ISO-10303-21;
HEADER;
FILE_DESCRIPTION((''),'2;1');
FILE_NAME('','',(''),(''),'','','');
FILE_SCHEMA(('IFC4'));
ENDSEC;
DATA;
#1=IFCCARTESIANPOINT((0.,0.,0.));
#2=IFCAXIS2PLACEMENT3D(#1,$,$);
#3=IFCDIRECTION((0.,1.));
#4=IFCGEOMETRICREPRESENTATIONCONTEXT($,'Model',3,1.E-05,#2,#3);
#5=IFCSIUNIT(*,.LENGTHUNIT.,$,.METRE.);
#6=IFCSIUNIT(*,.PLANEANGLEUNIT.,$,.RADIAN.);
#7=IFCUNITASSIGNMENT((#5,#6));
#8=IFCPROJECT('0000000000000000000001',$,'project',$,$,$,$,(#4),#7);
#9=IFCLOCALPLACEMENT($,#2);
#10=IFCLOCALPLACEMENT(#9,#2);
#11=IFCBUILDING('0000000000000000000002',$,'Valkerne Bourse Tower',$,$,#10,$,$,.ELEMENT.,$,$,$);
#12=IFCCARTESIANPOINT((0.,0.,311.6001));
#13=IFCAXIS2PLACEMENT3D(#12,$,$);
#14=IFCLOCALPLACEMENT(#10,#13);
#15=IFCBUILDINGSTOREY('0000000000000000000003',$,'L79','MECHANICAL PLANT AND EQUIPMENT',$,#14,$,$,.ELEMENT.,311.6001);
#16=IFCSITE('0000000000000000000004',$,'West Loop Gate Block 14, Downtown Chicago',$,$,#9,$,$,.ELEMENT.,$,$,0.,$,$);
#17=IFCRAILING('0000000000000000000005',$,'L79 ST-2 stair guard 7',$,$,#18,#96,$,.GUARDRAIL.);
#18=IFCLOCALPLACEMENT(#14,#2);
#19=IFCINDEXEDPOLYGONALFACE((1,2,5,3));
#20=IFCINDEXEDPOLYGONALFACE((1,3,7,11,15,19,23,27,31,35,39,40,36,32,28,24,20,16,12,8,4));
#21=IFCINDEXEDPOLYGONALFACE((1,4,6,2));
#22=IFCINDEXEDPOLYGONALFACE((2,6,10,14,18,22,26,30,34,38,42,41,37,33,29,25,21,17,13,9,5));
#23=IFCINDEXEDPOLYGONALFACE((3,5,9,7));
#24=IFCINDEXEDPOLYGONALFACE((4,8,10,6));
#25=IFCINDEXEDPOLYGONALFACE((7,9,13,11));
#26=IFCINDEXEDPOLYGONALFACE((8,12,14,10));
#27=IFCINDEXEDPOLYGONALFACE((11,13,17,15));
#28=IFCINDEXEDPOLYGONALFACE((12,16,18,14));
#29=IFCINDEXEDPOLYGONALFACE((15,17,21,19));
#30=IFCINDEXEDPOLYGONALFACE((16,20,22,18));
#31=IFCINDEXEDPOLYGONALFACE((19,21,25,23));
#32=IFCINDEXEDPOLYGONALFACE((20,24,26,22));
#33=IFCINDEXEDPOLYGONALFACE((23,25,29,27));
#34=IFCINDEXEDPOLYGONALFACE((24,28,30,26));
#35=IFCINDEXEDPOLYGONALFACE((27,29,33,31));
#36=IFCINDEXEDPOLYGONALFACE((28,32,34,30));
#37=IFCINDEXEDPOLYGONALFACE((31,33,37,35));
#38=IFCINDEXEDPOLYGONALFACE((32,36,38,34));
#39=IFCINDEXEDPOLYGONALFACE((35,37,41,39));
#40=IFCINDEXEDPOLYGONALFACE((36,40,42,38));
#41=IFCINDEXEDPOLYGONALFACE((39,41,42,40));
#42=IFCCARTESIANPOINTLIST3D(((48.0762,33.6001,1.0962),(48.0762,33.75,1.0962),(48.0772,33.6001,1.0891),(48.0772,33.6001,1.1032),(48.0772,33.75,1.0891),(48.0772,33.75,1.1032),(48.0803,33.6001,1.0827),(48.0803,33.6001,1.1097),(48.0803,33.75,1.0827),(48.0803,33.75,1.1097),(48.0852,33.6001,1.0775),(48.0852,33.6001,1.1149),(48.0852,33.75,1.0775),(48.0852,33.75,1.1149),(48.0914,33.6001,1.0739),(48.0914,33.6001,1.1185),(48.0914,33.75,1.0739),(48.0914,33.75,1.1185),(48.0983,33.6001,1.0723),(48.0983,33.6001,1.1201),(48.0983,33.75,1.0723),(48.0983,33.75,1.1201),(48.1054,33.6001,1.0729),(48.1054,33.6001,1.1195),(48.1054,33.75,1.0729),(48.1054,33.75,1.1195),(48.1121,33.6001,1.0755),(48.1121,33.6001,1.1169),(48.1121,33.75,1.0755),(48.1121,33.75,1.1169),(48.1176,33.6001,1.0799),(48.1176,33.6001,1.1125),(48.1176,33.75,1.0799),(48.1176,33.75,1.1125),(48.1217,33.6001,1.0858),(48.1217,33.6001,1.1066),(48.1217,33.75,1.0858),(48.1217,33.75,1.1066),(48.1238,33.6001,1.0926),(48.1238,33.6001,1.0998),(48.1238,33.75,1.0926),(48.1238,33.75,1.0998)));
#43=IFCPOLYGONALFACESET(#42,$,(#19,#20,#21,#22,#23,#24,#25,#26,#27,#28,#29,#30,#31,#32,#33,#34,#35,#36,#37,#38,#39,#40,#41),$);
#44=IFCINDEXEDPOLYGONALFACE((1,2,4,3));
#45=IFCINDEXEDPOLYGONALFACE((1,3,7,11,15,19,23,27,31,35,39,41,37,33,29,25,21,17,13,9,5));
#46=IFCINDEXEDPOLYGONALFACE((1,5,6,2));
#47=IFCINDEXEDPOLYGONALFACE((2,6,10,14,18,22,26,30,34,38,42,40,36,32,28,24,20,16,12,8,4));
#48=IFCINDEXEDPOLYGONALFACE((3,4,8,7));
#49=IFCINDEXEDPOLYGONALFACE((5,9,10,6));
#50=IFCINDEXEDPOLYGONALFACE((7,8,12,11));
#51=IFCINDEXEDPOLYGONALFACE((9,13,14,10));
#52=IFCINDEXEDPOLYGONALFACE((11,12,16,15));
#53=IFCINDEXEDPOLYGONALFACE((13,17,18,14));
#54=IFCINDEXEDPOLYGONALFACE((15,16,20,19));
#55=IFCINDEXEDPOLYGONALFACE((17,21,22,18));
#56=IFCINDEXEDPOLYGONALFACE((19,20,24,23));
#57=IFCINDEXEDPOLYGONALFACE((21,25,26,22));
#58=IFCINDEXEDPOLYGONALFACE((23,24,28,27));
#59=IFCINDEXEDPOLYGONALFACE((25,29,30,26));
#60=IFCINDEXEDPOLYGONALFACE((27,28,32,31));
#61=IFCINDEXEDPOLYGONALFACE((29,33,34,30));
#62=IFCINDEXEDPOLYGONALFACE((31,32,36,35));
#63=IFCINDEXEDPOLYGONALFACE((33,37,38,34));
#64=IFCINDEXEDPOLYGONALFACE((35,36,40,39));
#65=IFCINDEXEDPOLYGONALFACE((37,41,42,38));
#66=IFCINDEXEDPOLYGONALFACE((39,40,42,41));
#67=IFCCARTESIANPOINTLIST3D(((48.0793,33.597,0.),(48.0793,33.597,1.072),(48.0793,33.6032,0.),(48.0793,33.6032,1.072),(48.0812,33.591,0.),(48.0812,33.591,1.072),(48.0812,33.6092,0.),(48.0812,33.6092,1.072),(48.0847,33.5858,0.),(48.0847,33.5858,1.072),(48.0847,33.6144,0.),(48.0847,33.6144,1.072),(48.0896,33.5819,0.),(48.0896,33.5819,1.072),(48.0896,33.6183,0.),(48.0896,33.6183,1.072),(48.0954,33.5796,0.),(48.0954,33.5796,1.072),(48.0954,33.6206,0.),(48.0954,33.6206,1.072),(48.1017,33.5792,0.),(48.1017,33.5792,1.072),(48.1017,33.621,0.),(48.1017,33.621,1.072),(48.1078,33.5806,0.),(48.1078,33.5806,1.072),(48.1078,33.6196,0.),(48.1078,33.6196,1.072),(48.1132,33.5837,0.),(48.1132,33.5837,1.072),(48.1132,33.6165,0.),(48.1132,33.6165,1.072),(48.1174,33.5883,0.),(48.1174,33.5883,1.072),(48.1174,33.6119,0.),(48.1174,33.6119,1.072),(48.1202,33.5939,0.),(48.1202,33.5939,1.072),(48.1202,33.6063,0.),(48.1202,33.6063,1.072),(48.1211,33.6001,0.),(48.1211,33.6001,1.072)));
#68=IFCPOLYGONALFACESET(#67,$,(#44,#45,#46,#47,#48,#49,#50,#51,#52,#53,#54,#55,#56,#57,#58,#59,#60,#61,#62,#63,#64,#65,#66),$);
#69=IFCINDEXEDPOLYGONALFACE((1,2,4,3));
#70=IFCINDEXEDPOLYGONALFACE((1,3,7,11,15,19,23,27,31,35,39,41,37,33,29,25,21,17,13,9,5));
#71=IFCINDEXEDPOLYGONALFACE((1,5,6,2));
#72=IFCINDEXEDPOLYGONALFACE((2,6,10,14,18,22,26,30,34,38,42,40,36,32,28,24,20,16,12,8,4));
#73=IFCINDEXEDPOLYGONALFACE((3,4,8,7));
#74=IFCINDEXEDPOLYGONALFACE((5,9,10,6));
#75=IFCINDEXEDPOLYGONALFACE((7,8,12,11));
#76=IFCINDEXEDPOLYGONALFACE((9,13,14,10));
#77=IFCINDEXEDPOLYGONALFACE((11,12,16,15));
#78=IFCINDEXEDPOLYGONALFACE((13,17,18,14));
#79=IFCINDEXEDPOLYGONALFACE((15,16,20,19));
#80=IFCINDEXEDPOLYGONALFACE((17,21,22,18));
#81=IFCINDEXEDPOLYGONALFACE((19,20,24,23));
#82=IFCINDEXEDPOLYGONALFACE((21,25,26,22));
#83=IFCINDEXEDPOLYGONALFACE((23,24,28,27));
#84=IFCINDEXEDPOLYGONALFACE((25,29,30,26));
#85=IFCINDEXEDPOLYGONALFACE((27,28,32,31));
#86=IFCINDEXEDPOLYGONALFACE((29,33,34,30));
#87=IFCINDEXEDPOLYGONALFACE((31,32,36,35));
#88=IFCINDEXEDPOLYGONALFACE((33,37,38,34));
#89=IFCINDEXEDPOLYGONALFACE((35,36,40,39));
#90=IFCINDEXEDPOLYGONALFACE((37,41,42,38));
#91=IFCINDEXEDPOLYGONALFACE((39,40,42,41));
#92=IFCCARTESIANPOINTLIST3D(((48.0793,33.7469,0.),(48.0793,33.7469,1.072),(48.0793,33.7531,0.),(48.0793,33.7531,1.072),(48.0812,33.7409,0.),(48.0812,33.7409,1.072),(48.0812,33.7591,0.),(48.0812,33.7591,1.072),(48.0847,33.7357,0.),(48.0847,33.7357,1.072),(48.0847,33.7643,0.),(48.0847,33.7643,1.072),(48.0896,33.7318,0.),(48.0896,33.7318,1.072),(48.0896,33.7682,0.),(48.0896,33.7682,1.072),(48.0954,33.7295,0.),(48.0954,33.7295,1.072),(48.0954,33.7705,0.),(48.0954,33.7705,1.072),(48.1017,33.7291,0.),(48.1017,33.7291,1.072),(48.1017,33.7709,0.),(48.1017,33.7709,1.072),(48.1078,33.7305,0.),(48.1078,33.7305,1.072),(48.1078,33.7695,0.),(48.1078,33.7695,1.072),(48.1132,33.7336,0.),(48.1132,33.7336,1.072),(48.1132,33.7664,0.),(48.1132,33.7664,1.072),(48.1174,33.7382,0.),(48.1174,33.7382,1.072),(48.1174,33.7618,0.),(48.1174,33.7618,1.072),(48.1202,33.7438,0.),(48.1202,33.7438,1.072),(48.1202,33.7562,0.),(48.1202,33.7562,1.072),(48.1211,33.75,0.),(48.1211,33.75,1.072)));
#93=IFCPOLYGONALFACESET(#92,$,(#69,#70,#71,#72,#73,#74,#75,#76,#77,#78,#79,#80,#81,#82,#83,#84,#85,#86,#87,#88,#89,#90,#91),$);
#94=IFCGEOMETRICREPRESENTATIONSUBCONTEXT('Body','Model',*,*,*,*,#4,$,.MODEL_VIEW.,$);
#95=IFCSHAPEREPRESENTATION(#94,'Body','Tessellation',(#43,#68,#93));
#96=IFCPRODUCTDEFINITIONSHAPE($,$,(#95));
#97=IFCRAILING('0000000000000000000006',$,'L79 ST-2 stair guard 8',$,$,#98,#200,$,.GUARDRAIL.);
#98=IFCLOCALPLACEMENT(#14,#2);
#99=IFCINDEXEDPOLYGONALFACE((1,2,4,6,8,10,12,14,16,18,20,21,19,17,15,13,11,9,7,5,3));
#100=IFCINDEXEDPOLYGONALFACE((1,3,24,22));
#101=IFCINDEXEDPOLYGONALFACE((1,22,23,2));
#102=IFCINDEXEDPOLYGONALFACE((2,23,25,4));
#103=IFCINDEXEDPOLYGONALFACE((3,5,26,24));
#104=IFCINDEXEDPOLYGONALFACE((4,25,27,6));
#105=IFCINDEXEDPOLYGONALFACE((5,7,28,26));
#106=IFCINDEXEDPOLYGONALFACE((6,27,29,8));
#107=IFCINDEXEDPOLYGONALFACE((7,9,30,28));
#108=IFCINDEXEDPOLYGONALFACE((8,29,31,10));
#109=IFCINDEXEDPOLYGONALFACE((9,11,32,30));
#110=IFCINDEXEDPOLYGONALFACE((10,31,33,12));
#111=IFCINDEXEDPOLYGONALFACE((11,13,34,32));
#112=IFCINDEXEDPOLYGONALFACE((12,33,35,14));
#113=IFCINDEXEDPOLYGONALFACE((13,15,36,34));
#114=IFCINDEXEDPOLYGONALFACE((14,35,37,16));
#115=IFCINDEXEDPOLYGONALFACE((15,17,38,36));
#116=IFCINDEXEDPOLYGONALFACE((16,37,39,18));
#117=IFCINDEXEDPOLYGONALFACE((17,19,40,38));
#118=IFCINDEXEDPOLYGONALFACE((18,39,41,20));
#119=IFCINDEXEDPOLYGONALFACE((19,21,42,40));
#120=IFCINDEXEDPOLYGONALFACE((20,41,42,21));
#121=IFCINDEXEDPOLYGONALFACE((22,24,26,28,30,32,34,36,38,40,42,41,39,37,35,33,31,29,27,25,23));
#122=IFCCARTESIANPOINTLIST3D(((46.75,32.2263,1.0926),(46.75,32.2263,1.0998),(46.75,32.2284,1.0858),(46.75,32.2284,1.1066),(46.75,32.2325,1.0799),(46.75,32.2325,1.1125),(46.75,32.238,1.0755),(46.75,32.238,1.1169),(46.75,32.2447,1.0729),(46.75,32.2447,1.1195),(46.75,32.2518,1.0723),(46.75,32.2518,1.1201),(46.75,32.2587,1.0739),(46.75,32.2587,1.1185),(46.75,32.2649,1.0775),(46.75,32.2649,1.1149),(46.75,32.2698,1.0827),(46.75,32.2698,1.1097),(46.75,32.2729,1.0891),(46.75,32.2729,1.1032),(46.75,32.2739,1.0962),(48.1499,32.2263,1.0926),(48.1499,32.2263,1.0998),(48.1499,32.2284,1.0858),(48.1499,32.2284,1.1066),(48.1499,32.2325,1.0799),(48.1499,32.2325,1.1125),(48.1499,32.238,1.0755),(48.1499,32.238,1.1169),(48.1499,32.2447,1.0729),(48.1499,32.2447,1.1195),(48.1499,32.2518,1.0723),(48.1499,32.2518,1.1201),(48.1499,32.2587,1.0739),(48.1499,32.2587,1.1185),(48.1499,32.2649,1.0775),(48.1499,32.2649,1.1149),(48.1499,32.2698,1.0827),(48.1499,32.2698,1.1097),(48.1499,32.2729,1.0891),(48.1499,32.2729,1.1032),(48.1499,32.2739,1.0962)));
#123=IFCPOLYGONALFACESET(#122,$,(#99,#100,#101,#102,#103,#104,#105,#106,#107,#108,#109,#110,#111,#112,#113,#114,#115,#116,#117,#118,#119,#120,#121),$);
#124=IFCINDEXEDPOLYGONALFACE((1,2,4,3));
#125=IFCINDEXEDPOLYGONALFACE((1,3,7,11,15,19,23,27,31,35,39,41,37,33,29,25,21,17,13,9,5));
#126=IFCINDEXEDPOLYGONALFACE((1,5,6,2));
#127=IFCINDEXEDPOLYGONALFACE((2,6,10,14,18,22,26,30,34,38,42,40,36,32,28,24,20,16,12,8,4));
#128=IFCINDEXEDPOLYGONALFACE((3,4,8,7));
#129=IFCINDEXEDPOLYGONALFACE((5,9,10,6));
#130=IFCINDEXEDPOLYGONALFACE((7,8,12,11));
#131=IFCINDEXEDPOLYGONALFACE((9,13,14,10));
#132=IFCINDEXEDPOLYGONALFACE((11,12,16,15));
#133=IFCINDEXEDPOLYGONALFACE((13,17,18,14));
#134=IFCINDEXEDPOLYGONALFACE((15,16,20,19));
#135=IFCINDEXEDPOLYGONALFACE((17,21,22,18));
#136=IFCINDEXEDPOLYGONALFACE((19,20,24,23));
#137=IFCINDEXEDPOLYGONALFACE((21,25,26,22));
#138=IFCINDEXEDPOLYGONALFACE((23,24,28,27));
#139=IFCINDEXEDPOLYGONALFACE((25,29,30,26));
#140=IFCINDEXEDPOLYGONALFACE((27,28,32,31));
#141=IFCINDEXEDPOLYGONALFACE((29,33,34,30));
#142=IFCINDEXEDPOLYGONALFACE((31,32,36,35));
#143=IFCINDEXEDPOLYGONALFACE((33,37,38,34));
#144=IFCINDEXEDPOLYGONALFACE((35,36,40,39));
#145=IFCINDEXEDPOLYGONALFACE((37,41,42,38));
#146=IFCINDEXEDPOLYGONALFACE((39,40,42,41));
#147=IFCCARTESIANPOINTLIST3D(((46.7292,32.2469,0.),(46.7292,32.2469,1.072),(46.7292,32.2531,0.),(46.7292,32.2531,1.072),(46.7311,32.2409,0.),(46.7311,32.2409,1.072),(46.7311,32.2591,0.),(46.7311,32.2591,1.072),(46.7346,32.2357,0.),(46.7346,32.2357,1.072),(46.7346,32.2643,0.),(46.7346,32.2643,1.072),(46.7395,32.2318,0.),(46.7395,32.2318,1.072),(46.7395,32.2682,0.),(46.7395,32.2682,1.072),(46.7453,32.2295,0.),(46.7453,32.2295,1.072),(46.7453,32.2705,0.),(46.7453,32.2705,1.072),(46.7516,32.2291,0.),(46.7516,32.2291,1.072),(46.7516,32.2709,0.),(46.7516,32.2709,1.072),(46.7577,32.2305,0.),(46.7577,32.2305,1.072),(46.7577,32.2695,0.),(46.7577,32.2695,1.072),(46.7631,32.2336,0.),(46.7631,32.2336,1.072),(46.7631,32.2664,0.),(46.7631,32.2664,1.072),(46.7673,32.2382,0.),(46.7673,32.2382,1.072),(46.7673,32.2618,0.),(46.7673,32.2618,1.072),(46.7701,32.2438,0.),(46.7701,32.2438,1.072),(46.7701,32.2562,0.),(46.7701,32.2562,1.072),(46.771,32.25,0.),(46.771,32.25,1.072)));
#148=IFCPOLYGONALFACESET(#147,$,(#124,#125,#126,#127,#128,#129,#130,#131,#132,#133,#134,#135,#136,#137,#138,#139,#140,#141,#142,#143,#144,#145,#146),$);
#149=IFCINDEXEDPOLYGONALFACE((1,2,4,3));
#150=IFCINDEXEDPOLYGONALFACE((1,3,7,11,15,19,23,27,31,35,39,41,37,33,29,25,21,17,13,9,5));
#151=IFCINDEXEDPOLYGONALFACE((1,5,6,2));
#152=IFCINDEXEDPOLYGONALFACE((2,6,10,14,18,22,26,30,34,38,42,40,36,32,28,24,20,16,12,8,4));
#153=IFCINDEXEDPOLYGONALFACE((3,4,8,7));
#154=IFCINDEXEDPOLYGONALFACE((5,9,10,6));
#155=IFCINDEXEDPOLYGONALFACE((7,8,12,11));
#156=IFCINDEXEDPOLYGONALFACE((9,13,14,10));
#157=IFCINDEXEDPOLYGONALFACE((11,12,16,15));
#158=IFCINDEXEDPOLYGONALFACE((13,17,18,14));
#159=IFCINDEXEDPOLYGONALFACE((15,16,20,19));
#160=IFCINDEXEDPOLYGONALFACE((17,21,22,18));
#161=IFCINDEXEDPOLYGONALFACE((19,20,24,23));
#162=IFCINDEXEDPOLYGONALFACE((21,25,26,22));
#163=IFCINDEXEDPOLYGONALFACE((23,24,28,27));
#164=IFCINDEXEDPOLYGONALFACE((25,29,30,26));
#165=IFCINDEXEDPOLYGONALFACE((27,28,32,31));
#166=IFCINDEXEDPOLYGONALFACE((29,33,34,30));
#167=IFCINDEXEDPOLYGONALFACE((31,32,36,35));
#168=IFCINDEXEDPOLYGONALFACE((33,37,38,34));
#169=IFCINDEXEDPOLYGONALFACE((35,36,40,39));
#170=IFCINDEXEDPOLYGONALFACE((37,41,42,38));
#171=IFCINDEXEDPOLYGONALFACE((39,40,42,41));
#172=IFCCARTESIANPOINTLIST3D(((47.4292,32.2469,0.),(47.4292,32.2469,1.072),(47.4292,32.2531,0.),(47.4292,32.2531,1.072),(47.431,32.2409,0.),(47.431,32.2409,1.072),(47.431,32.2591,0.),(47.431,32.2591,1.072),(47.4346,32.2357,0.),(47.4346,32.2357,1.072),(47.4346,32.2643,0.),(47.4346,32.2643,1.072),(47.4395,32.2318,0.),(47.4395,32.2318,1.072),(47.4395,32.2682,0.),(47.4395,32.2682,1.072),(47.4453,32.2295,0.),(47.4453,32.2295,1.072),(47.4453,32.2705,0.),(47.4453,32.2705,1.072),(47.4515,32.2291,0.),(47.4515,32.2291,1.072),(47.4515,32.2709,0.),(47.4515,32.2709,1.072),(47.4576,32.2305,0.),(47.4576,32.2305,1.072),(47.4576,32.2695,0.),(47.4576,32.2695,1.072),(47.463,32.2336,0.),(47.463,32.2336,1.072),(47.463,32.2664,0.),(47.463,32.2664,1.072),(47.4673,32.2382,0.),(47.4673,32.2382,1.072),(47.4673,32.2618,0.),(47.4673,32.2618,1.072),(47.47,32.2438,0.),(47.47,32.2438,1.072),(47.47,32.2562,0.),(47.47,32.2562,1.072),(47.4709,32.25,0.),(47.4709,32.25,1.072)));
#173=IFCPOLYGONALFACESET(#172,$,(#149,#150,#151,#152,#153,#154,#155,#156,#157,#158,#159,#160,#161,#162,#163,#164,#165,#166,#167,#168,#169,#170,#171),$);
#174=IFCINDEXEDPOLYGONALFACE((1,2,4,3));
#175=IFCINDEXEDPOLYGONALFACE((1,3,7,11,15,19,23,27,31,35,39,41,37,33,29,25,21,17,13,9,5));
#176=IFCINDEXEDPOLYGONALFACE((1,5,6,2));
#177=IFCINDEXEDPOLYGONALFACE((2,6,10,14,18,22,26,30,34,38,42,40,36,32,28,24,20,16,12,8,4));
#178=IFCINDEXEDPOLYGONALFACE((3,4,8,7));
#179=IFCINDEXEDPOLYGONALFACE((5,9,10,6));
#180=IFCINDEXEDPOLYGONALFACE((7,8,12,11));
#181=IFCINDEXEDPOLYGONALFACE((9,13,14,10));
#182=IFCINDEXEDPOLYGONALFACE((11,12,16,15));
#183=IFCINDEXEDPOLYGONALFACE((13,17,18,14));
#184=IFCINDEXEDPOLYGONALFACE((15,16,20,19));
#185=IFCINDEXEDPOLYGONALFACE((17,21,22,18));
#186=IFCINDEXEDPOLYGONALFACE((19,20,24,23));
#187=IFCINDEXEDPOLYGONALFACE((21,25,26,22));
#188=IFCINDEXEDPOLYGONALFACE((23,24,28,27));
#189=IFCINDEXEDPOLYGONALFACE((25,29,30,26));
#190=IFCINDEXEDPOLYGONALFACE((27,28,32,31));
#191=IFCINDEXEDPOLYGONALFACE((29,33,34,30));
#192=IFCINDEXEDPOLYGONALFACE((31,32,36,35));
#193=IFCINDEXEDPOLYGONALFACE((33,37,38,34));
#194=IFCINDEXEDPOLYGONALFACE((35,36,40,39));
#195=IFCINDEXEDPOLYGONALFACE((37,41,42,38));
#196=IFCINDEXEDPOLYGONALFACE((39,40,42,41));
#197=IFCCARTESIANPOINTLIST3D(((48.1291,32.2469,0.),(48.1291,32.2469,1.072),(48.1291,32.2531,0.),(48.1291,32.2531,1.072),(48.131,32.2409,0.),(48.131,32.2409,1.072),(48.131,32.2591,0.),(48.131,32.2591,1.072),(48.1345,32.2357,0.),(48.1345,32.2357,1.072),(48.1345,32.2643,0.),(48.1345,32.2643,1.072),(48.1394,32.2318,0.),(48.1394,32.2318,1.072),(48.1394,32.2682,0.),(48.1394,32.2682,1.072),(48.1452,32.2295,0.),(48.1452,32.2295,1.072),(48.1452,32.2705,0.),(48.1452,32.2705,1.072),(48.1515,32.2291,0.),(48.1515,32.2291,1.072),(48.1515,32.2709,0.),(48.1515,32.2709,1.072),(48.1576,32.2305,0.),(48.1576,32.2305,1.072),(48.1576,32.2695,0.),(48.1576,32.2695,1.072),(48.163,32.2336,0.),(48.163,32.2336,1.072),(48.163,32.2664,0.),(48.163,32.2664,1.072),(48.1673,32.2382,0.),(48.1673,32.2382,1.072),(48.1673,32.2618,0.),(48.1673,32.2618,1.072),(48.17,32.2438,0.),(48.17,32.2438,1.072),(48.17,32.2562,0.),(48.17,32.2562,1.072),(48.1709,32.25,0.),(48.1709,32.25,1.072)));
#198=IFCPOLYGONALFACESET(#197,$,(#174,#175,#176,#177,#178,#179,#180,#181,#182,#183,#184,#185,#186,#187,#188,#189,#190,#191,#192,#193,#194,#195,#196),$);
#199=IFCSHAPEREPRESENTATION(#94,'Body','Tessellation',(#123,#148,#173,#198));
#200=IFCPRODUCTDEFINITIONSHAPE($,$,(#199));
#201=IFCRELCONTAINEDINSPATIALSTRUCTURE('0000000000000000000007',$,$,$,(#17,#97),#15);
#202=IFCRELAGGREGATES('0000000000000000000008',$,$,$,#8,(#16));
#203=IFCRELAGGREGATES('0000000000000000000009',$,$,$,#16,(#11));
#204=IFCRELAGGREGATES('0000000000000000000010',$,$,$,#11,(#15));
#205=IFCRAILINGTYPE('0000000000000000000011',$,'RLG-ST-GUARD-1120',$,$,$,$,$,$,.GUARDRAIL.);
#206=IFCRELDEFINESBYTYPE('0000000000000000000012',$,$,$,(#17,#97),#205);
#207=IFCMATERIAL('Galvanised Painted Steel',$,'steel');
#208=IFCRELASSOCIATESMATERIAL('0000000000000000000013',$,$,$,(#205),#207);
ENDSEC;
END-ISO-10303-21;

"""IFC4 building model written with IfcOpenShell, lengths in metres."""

from ifc_helpers import new_model, si_unit, direction, frame, origin, origin_2d, place, context, subcontext, project, spatial, circle, extrude, material, type_object, element, save


model = new_model("IFC4")

# Units and contexts
model_context = context("Model", 3, precision=1e-05, world=origin(), true_north=direction((0.0, 1.0)))
body_context = subcontext(model_context, "Body", "Model", "MODEL_VIEW")
ifc_project = project(units=[si_unit("LENGTHUNIT", "METRE"), si_unit("PLANEANGLEUNIT", "RADIAN")], contexts=[model_context])

# Site, building, storey
site_placement = place(None, origin())
site = spatial("IfcSite", under=ifc_project, at=site_placement, Name="West Loop Gate Block 14, Downtown Chicago", CompositionType="ELEMENT", RefElevation=0.0)
building_placement = place(site_placement, origin())
building = spatial("IfcBuilding", under=site, at=building_placement, Name="Valkerne Bourse Tower", CompositionType="ELEMENT")
storey_placement = place(building_placement, frame((0.0, 0.0, 311.6001)))
storey = spatial("IfcBuildingStorey", under=building, at=storey_placement, Name="L79", Description="MECHANICAL PLANT AND EQUIPMENT", CompositionType="ELEMENT", Elevation=311.6001)

# Shared definitions
ifc_material_1 = material(Name="Galvanised Painted Steel", Category="steel")

# Railings
railing_type_1 = type_object("IfcRailingType", Name="RLG-ST-GUARD-1120", PredefinedType="GUARDRAIL", material=ifc_material_1)
railing_1_placement = place(storey_placement, frame((48.1001, 33.6001, 0.0)))
element("IfcRailing", 1, at=railing_1_placement, inside=storey, type_object=railing_type_1, Name="L79 ST-2 stair guard 7", PredefinedType="GUARDRAIL", context=body_context, shape_type="SweptSolid", body=[
    extrude(circle(Radius=0.0239, at=origin_2d()), frame((0.0, 0.0, 1.0962), z_axis=(0.0, 1.0, 0.0), x_axis=(-1.0, 0.0, 0.0)), (0.0, 0.0, 1.0), 0.1499),
    extrude(circle(Radius=0.021, at=origin_2d()), origin(), (0.0, 0.0, 1.0), 1.072),
    extrude(circle(Radius=0.021, at=origin_2d()), frame((0.0, 0.1499, 0.0)), (0.0, 0.0, 1.0), 1.072),
])
railing_2_placement = place(storey_placement, frame((46.75, 32.25, 0.0)))
element("IfcRailing", 2, at=railing_2_placement, inside=storey, type_object=railing_type_1, Name="L79 ST-2 stair guard 8", PredefinedType="GUARDRAIL", context=body_context, shape_type="SweptSolid", body=[
    extrude(circle(Radius=0.0239, at=origin_2d()), frame((0.0, 0.0, 1.0962), z_axis=(1.0, 0.0, 0.0), x_axis=(0.0, 1.0, 0.0)), (0.0, 0.0, 1.0), 1.3999),
    extrude(circle(Radius=0.021, at=origin_2d()), origin(), (0.0, 0.0, 1.0), 1.072),
    extrude(circle(Radius=0.021, at=origin_2d()), frame((0.7, 0.0, 0.0)), (0.0, 0.0, 1.0), 1.072),
    extrude(circle(Radius=0.021, at=origin_2d()), frame((1.3999, 0.0, 0.0)), (0.0, 0.0, 1.0), 1.072),
])

save(model, "model.ifc")
